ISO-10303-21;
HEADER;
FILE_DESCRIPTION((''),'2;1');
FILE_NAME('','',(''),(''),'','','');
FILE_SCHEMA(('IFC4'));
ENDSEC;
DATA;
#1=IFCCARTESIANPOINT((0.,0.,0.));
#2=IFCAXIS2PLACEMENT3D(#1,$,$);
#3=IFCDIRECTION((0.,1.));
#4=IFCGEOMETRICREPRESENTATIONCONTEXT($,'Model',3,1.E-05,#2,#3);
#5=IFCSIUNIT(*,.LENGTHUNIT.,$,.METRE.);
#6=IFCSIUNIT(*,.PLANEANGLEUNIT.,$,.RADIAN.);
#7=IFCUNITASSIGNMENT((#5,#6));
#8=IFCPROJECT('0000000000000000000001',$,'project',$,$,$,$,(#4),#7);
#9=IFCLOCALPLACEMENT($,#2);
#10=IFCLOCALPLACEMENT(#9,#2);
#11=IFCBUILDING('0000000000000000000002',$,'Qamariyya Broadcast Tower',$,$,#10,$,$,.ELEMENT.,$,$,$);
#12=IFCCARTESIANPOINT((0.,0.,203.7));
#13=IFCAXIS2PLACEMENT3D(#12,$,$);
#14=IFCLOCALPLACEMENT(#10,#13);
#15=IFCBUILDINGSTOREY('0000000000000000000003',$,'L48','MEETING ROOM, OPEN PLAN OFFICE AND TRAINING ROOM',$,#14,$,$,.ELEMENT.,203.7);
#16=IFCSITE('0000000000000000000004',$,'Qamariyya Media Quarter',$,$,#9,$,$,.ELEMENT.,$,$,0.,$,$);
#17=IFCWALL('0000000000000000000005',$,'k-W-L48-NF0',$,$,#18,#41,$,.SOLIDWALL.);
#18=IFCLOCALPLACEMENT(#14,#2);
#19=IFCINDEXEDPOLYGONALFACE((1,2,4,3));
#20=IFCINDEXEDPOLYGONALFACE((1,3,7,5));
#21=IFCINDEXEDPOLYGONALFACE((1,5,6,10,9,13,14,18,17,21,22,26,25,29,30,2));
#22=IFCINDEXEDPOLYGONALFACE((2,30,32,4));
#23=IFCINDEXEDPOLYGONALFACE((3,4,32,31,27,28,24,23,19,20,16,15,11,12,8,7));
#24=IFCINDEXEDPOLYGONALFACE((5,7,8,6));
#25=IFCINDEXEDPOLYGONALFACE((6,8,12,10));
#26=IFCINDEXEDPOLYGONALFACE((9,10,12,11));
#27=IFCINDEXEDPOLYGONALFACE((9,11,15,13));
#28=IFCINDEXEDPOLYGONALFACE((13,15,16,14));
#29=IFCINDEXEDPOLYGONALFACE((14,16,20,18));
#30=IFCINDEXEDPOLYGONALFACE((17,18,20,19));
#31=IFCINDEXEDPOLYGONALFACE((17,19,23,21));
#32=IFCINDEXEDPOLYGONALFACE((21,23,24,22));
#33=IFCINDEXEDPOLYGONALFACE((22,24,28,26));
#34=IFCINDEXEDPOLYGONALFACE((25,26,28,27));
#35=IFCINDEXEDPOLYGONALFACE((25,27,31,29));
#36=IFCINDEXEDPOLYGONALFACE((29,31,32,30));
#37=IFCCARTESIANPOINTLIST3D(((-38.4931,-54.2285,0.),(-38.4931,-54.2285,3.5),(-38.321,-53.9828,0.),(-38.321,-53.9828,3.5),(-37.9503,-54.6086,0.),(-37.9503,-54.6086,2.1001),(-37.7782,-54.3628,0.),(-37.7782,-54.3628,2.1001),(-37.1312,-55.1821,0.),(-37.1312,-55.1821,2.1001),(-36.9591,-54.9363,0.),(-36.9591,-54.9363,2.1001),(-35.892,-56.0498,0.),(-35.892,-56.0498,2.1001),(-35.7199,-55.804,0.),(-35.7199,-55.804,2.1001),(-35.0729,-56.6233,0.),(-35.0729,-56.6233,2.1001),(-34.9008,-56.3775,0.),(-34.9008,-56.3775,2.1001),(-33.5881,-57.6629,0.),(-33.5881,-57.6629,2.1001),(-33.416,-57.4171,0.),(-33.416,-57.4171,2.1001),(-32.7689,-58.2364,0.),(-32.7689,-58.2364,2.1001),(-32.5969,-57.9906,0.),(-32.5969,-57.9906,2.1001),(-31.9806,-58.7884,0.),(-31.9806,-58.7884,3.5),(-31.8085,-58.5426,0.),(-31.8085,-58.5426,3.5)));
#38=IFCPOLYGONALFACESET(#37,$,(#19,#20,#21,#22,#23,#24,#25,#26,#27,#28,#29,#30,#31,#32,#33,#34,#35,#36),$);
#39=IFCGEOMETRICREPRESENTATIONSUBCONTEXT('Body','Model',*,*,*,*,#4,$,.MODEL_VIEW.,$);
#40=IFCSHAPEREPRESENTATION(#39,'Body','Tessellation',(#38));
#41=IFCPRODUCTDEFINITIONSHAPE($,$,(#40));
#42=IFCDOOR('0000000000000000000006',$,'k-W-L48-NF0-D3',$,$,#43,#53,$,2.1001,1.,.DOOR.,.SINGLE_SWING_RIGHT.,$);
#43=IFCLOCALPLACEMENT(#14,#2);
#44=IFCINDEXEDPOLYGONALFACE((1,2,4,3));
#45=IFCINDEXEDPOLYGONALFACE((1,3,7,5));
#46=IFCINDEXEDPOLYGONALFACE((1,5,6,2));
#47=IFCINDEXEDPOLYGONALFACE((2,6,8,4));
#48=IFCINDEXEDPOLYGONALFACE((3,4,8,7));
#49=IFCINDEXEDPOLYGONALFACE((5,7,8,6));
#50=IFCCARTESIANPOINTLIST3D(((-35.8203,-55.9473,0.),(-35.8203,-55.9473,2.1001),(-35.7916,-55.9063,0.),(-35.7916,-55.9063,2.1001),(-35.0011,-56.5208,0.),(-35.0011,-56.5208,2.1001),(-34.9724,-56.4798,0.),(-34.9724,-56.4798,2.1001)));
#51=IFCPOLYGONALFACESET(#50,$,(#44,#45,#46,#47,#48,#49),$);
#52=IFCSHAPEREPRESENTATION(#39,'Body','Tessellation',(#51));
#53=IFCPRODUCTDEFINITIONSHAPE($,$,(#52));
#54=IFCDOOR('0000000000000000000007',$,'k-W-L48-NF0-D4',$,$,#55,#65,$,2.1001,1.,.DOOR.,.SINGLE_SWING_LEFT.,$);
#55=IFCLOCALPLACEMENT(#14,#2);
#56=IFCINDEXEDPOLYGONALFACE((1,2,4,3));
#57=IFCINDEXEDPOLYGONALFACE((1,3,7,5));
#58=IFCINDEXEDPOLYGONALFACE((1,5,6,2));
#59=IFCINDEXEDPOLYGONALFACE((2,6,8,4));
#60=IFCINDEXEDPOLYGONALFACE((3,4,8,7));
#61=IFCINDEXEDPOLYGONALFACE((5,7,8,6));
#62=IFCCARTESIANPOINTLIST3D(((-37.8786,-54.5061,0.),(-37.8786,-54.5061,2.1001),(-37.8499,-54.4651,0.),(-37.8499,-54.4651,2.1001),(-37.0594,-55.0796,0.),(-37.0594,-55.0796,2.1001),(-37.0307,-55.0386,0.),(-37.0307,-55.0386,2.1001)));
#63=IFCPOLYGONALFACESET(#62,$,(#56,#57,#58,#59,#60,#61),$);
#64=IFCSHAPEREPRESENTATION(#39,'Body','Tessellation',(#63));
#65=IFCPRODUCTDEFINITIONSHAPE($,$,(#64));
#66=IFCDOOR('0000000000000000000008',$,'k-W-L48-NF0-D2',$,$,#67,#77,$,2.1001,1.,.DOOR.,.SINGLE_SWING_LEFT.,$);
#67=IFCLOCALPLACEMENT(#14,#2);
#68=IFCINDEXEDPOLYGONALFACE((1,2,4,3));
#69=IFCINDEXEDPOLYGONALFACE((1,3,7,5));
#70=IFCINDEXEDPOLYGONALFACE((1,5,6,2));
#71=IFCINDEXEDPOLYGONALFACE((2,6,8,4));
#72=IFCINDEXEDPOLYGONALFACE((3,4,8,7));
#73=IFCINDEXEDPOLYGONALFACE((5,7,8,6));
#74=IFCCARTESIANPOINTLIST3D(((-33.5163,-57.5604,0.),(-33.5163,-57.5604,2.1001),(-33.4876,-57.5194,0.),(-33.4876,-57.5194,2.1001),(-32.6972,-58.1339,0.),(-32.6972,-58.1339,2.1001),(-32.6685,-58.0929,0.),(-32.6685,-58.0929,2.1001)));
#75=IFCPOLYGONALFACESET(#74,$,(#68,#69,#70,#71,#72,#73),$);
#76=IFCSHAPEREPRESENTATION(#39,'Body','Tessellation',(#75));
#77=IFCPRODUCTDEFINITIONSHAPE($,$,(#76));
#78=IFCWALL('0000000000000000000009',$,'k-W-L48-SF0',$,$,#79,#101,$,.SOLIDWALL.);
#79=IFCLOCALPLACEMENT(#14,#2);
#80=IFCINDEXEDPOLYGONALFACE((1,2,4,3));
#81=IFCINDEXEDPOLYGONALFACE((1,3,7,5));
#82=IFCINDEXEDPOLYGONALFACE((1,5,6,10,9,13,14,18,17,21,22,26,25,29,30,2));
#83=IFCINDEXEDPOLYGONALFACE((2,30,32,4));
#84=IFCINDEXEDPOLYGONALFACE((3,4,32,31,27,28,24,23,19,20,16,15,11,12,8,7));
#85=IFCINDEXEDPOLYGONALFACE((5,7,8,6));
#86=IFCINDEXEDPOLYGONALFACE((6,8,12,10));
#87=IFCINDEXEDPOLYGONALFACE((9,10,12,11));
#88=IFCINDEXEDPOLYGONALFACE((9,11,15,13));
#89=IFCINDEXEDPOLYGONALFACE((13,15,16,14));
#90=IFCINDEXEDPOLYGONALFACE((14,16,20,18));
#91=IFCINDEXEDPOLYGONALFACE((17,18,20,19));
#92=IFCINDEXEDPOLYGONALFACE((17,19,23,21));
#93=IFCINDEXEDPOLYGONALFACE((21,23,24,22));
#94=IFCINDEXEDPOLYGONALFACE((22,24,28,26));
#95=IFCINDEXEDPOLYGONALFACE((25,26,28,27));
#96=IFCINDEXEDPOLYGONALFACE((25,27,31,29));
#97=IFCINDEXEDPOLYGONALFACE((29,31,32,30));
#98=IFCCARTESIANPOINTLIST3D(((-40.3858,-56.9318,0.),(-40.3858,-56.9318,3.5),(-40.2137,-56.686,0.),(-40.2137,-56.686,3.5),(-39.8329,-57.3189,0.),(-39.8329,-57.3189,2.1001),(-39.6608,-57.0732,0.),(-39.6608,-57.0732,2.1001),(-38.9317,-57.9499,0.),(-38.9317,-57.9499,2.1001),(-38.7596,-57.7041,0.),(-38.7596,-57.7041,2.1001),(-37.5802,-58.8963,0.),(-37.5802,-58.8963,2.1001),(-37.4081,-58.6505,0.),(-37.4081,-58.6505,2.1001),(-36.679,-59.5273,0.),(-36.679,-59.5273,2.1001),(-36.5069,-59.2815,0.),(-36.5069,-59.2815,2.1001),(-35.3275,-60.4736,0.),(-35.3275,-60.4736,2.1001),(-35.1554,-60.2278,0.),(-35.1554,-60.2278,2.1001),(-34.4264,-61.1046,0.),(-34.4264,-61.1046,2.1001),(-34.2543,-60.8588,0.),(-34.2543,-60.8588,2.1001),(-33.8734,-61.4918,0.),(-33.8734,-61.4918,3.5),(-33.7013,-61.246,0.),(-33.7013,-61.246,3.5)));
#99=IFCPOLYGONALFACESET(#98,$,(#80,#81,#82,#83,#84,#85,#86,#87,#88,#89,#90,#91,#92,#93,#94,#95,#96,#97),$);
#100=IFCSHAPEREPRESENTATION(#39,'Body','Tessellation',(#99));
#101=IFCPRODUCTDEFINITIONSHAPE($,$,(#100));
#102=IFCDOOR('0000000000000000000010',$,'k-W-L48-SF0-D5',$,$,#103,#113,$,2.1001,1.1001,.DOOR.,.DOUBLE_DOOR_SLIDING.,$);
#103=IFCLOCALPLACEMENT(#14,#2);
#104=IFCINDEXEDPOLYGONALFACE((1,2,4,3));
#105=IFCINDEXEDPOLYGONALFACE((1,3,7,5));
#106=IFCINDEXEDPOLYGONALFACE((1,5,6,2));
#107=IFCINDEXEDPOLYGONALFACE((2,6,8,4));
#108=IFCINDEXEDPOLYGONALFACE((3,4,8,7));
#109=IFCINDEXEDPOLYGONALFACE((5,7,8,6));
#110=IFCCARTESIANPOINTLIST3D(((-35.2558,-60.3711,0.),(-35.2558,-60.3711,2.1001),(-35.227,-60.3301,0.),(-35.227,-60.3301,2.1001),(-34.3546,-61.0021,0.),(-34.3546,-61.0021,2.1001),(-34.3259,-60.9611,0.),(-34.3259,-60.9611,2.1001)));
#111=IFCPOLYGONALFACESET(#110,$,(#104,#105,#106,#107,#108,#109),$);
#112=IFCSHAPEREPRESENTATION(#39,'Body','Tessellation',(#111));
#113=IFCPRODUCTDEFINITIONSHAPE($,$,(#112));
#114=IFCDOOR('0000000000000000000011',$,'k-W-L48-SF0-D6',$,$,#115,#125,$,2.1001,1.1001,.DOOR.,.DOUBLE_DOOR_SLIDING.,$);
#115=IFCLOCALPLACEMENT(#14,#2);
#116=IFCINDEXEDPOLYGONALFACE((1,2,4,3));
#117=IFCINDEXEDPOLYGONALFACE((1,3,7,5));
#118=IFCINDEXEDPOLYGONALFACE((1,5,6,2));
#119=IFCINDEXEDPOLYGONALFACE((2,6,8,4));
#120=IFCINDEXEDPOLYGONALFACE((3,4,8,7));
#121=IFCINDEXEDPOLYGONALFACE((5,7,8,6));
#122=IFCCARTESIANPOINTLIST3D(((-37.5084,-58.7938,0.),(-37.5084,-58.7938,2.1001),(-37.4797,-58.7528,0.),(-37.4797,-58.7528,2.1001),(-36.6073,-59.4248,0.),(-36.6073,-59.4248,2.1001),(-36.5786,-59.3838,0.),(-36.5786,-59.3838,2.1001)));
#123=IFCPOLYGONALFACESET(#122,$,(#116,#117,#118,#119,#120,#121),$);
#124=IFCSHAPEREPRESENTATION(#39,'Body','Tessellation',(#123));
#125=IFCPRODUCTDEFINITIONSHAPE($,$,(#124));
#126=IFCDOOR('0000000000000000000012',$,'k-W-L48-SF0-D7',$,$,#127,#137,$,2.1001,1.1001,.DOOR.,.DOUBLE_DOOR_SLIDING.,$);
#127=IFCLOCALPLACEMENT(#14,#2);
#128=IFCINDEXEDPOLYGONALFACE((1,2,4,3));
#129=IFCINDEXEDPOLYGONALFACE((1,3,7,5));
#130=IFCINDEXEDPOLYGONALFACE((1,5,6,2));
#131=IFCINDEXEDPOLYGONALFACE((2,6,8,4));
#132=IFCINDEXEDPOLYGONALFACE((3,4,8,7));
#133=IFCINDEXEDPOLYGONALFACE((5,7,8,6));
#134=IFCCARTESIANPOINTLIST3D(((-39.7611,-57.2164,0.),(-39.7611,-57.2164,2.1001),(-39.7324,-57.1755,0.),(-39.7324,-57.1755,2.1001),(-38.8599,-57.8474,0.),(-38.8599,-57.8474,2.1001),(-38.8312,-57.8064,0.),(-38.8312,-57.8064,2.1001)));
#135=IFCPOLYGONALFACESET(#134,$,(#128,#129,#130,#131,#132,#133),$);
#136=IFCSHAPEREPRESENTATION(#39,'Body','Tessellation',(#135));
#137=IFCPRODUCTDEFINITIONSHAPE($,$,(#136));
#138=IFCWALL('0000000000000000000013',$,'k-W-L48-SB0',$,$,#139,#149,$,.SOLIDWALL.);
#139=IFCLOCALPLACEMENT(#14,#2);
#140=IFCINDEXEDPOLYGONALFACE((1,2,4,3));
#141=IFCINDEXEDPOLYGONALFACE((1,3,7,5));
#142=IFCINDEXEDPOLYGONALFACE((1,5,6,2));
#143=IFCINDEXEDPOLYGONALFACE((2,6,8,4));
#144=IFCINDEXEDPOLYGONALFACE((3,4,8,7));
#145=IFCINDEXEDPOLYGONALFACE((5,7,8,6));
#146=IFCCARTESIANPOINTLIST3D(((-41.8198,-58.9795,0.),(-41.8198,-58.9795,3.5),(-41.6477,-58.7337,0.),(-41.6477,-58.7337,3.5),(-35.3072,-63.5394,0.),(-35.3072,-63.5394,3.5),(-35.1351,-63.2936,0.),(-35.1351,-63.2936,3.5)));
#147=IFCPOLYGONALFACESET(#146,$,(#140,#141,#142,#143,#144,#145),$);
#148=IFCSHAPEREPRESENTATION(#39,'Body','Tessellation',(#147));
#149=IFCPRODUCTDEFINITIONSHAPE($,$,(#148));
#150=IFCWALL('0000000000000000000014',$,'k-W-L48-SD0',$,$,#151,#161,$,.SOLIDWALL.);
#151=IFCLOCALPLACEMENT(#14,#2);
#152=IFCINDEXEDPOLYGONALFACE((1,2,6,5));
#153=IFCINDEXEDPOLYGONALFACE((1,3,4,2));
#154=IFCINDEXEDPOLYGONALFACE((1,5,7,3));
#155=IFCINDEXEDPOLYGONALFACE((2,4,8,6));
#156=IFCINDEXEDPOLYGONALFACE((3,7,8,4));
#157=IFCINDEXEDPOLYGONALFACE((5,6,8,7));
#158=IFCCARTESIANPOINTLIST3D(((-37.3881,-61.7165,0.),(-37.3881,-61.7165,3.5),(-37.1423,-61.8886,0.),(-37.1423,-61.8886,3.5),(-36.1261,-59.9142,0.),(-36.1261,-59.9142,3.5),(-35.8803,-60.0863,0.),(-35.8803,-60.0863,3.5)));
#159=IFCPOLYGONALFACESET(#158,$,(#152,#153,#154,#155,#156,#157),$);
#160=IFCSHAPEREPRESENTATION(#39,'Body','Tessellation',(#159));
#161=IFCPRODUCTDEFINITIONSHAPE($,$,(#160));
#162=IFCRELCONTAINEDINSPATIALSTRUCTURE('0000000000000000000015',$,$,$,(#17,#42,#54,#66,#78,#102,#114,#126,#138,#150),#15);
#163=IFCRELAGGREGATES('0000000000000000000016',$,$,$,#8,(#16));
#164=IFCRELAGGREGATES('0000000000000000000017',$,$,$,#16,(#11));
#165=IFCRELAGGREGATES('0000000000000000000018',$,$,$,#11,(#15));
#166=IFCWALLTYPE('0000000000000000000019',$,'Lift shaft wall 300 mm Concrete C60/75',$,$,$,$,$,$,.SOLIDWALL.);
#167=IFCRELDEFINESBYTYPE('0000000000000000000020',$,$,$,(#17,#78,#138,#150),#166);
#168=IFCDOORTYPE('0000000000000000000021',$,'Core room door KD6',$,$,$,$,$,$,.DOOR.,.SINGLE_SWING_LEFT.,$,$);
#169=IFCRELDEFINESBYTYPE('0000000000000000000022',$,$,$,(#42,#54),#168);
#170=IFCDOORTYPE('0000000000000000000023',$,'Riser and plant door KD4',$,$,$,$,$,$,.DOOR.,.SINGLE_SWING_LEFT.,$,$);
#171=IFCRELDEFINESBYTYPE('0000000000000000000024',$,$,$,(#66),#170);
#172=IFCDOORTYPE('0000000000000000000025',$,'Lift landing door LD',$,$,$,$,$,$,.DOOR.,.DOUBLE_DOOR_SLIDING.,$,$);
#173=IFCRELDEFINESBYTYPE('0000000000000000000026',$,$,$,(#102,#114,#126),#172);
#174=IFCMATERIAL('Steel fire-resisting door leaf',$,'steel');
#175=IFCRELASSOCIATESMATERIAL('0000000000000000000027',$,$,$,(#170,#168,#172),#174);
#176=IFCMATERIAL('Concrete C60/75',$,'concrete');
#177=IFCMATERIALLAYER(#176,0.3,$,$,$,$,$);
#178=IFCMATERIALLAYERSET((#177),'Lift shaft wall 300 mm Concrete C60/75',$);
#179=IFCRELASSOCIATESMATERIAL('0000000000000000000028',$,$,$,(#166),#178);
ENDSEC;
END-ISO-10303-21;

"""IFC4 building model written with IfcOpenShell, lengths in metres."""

from ifc_helpers import new_model, si_unit, direction, frame, frame_2d, origin, place, context, subcontext, project, spatial, rectangle, extrude, material, layer, layer_set, type_object, element, fill, save


model = new_model("IFC4")

# Units and contexts
model_context = context("Model", 3, precision=1e-05, world=origin(), true_north=direction((0.0, 1.0)))
body_context = subcontext(model_context, "Body", "Model", "MODEL_VIEW")
ifc_project = project(units=[si_unit("LENGTHUNIT", "METRE"), si_unit("PLANEANGLEUNIT", "RADIAN")], contexts=[model_context])

# Site, building, storey
site_placement = place(None, origin())
site = spatial("IfcSite", under=ifc_project, at=site_placement, Name="Qamariyya Media Quarter", CompositionType="ELEMENT", RefElevation=0.0)
building_placement = place(site_placement, origin())
building = spatial("IfcBuilding", under=site, at=building_placement, Name="Qamariyya Broadcast Tower", CompositionType="ELEMENT")
storey_placement = place(building_placement, frame((0.0, 0.0, 203.7)))
storey = spatial("IfcBuildingStorey", under=building, at=storey_placement, Name="L48", Description="MEETING ROOM, OPEN PLAN OFFICE AND TRAINING ROOM", CompositionType="ELEMENT", Elevation=203.7)

# Shared definitions
ifc_material_1 = material(Name="Concrete C60/75", Category="concrete")
ifc_material_2 = material(Name="Steel fire-resisting door leaf", Category="steel")

# Shared definitions
door_type_1 = type_object("IfcDoorType", Name="Riser and plant door KD4", OperationType="SINGLE_SWING_LEFT", PredefinedType="DOOR", material=ifc_material_2)

# Walls, openings, doors
ifc_layer_1 = layer(ifc_material_1, 0.3)
ifc_layer_set_1 = layer_set([ifc_layer_1], Name="Lift shaft wall 300 mm Concrete C60/75")
wall_type_1 = type_object("IfcWallType", Name="Lift shaft wall 300 mm Concrete C60/75", PredefinedType="SOLIDWALL", material=ifc_layer_set_1)
wall_1_placement = place(storey_placement, frame((-31.8945, -58.6655, 0.0), z_axis=(0.0, 0.0, 1.0), x_axis=(-0.819167, 0.573555, 0.0)))
wall_1 = element("IfcWall", 1, at=wall_1_placement, inside=storey, type_object=wall_type_1, Name="k-W-L48-NF0", PredefinedType="SOLIDWALL", context=body_context, shape_type="SweptSolid", body=[
    extrude(rectangle(XDim=7.9502, YDim=0.3, at=frame_2d((3.9751, 0.0))), origin(), (0.0, 0.0, 1.0), 3.5),
])
opening_1_placement = place(wall_1_placement, frame((0.9624, 0.0, 0.0)))
opening_1 = element("IfcOpeningElement", 2, at=opening_1_placement, cuts=wall_1, PredefinedType="OPENING", context=body_context, shape_type="SweptSolid", body=[
    extrude(rectangle(XDim=1.0, YDim=2.1001, at=frame_2d((0.5, 1.05))), frame((0.0, 0.1599, 0.0), z_axis=(0.0, -1.0, 0.0), x_axis=(1.0, 0.0, 0.0)), (0.0, 0.0, 1.0), 0.3201),
])
opening_2_placement = place(wall_1_placement, frame((3.7749, 0.0, 0.0)))
opening_2 = element("IfcOpeningElement", 3, at=opening_2_placement, cuts=wall_1, PredefinedType="OPENING", context=body_context, shape_type="SweptSolid", body=[
    extrude(rectangle(XDim=1.0, YDim=2.1001, at=frame_2d((0.5, 1.05))), frame((0.0, 0.1599, 0.0), z_axis=(0.0, -1.0, 0.0), x_axis=(1.0, 0.0, 0.0)), (0.0, 0.0, 1.0), 0.3201),
])
opening_3_placement = place(wall_1_placement, frame((6.2876, 0.0, 0.0)))
opening_3 = element("IfcOpeningElement", 4, at=opening_3_placement, cuts=wall_1, PredefinedType="OPENING", context=body_context, shape_type="SweptSolid", body=[
    extrude(rectangle(XDim=1.0, YDim=2.1001, at=frame_2d((0.5, 1.05))), frame((0.0, 0.1599, 0.0), z_axis=(0.0, -1.0, 0.0), x_axis=(1.0, 0.0, 0.0)), (0.0, 0.0, 1.0), 0.3201),
])
door_type_2 = type_object("IfcDoorType", Name="Core room door KD6", OperationType="SINGLE_SWING_LEFT", PredefinedType="DOOR", material=ifc_material_2)
door_1_placement = place(opening_2_placement, origin())
door_1 = element("IfcDoor", 5, at=door_1_placement, inside=storey, type_object=door_type_2, Name="k-W-L48-NF0-D3", OperationType="SINGLE_SWING_RIGHT", OverallHeight=2.1001, OverallWidth=1.0, PredefinedType="DOOR", context=body_context, shape_type="SweptSolid", body=[
    extrude(rectangle(XDim=1.0, YDim=2.1001, at=frame_2d((0.5, 1.05))), frame((0.0, 0.0249, 0.0), z_axis=(0.0, -1.0, 0.0), x_axis=(1.0, 0.0, 0.0)), (0.0, 0.0, 1.0), 0.05),
])
fill(opening_2, door_1)
door_2_placement = place(opening_3_placement, origin())
door_2 = element("IfcDoor", 6, at=door_2_placement, inside=storey, type_object=door_type_2, Name="k-W-L48-NF0-D4", OperationType="SINGLE_SWING_LEFT", OverallHeight=2.1001, OverallWidth=1.0, PredefinedType="DOOR", context=body_context, shape_type="SweptSolid", body=[
    extrude(rectangle(XDim=1.0, YDim=2.1001, at=frame_2d((0.5, 1.05))), frame((0.0, 0.0249, 0.0), z_axis=(0.0, -1.0, 0.0), x_axis=(1.0, 0.0, 0.0)), (0.0, 0.0, 1.0), 0.05),
])
fill(opening_3, door_2)
door_3_placement = place(opening_1_placement, origin())
door_3 = element("IfcDoor", 7, at=door_3_placement, inside=storey, type_object=door_type_1, Name="k-W-L48-NF0-D2", OperationType="SINGLE_SWING_LEFT", OverallHeight=2.1001, OverallWidth=1.0, PredefinedType="DOOR", context=body_context, shape_type="SweptSolid", body=[
    extrude(rectangle(XDim=1.0, YDim=2.1001, at=frame_2d((0.5, 1.05))), frame((0.0, 0.0249, 0.0), z_axis=(0.0, -1.0, 0.0), x_axis=(1.0, 0.0, 0.0)), (0.0, 0.0, 1.0), 0.05),
])
fill(opening_1, door_3)
wall_2_placement = place(storey_placement, frame((-33.7874, -61.3689, 0.0), z_axis=(0.0, 0.0, 1.0), x_axis=(-0.819153, 0.573576, 0.0)))
wall_2 = element("IfcWall", 8, at=wall_2_placement, inside=storey, type_object=wall_type_1, Name="k-W-L48-SF0", PredefinedType="SOLIDWALL", context=body_context, shape_type="SweptSolid", body=[
    extrude(rectangle(XDim=7.9502, YDim=0.3, at=frame_2d((3.9751, 0.0))), origin(), (0.0, 0.0, 1.0), 3.5),
])
opening_4_placement = place(wall_2_placement, frame((0.675, 0.0, 0.0)))
opening_4 = element("IfcOpeningElement", 9, at=opening_4_placement, cuts=wall_2, PredefinedType="OPENING", context=body_context, shape_type="SweptSolid", body=[
    extrude(rectangle(XDim=1.1001, YDim=2.1001, at=frame_2d((0.55, 1.05))), frame((0.0, 0.1599, 0.0), z_axis=(0.0, -1.0, 0.0), x_axis=(1.0, 0.0, 0.0)), (0.0, 0.0, 1.0), 0.3201),
])
opening_5_placement = place(wall_2_placement, frame((3.425, 0.0, 0.0)))
opening_5 = element("IfcOpeningElement", 10, at=opening_5_placement, cuts=wall_2, PredefinedType="OPENING", context=body_context, shape_type="SweptSolid", body=[
    extrude(rectangle(XDim=1.1001, YDim=2.1001, at=frame_2d((0.55, 1.05))), frame((0.0, 0.1599, 0.0), z_axis=(0.0, -1.0, 0.0), x_axis=(1.0, 0.0, 0.0)), (0.0, 0.0, 1.0), 0.3201),
])
opening_6_placement = place(wall_2_placement, frame((6.175, 0.0, 0.0)))
opening_6 = element("IfcOpeningElement", 11, at=opening_6_placement, cuts=wall_2, PredefinedType="OPENING", context=body_context, shape_type="SweptSolid", body=[
    extrude(rectangle(XDim=1.1001, YDim=2.1001, at=frame_2d((0.55, 1.05))), frame((0.0, 0.1599, 0.0), z_axis=(0.0, -1.0, 0.0), x_axis=(1.0, 0.0, 0.0)), (0.0, 0.0, 1.0), 0.3201),
])
door_type_3 = type_object("IfcDoorType", Name="Lift landing door LD", OperationType="DOUBLE_DOOR_SLIDING", PredefinedType="DOOR", material=ifc_material_2)
door_4_placement = place(opening_4_placement, origin())
door_4 = element("IfcDoor", 12, at=door_4_placement, inside=storey, type_object=door_type_3, Name="k-W-L48-SF0-D5", OperationType="DOUBLE_DOOR_SLIDING", OverallHeight=2.1001, OverallWidth=1.1001, PredefinedType="DOOR", context=body_context, shape_type="SweptSolid", body=[
    extrude(rectangle(XDim=1.1001, YDim=2.1001, at=frame_2d((0.55, 1.05))), frame((0.0, 0.0249, 0.0), z_axis=(0.0, -1.0, 0.0), x_axis=(1.0, 0.0, 0.0)), (0.0, 0.0, 1.0), 0.05),
])
fill(opening_4, door_4)
door_5_placement = place(opening_5_placement, origin())
door_5 = element("IfcDoor", 13, at=door_5_placement, inside=storey, type_object=door_type_3, Name="k-W-L48-SF0-D6", OperationType="DOUBLE_DOOR_SLIDING", OverallHeight=2.1001, OverallWidth=1.1001, PredefinedType="DOOR", context=body_context, shape_type="SweptSolid", body=[
    extrude(rectangle(XDim=1.1001, YDim=2.1001, at=frame_2d((0.55, 1.05))), frame((0.0, 0.0249, 0.0), z_axis=(0.0, -1.0, 0.0), x_axis=(1.0, 0.0, 0.0)), (0.0, 0.0, 1.0), 0.05),
])
fill(opening_5, door_5)
door_6_placement = place(opening_6_placement, origin())
door_6 = element("IfcDoor", 14, at=door_6_placement, inside=storey, type_object=door_type_3, Name="k-W-L48-SF0-D7", OperationType="DOUBLE_DOOR_SLIDING", OverallHeight=2.1001, OverallWidth=1.1001, PredefinedType="DOOR", context=body_context, shape_type="SweptSolid", body=[
    extrude(rectangle(XDim=1.1001, YDim=2.1001, at=frame_2d((0.55, 1.05))), frame((0.0, 0.0249, 0.0), z_axis=(0.0, -1.0, 0.0), x_axis=(1.0, 0.0, 0.0)), (0.0, 0.0, 1.0), 0.05),
])
fill(opening_6, door_6)

# Walls
wall_3_placement = place(storey_placement, frame((-35.2212, -63.4165, 0.0), z_axis=(0.0, 0.0, 1.0), x_axis=(-0.819167, 0.573555, 0.0)))
element("IfcWall", 15, at=wall_3_placement, inside=storey, type_object=wall_type_1, Name="k-W-L48-SB0", PredefinedType="SOLIDWALL", context=body_context, shape_type="SweptSolid", body=[
    extrude(rectangle(XDim=7.9502, YDim=0.3, at=frame_2d((3.9751, 0.0))), origin(), (0.0, 0.0, 1.0), 3.5),
])
wall_4_placement = place(storey_placement, frame((-36.0032, -60.0002, 0.0), z_axis=(0.0, 0.0, 1.0), x_axis=(-0.573581, -0.819149, 0.0)))
element("IfcWall", 16, at=wall_4_placement, inside=storey, type_object=wall_type_1, Name="k-W-L48-SD0", PredefinedType="SOLIDWALL", context=body_context, shape_type="SweptSolid", body=[
    extrude(rectangle(XDim=2.2002, YDim=0.3, at=frame_2d((1.1001, 0.0))), origin(), (0.0, 0.0, 1.0), 3.5),
])

save(model, "model.ifc")
